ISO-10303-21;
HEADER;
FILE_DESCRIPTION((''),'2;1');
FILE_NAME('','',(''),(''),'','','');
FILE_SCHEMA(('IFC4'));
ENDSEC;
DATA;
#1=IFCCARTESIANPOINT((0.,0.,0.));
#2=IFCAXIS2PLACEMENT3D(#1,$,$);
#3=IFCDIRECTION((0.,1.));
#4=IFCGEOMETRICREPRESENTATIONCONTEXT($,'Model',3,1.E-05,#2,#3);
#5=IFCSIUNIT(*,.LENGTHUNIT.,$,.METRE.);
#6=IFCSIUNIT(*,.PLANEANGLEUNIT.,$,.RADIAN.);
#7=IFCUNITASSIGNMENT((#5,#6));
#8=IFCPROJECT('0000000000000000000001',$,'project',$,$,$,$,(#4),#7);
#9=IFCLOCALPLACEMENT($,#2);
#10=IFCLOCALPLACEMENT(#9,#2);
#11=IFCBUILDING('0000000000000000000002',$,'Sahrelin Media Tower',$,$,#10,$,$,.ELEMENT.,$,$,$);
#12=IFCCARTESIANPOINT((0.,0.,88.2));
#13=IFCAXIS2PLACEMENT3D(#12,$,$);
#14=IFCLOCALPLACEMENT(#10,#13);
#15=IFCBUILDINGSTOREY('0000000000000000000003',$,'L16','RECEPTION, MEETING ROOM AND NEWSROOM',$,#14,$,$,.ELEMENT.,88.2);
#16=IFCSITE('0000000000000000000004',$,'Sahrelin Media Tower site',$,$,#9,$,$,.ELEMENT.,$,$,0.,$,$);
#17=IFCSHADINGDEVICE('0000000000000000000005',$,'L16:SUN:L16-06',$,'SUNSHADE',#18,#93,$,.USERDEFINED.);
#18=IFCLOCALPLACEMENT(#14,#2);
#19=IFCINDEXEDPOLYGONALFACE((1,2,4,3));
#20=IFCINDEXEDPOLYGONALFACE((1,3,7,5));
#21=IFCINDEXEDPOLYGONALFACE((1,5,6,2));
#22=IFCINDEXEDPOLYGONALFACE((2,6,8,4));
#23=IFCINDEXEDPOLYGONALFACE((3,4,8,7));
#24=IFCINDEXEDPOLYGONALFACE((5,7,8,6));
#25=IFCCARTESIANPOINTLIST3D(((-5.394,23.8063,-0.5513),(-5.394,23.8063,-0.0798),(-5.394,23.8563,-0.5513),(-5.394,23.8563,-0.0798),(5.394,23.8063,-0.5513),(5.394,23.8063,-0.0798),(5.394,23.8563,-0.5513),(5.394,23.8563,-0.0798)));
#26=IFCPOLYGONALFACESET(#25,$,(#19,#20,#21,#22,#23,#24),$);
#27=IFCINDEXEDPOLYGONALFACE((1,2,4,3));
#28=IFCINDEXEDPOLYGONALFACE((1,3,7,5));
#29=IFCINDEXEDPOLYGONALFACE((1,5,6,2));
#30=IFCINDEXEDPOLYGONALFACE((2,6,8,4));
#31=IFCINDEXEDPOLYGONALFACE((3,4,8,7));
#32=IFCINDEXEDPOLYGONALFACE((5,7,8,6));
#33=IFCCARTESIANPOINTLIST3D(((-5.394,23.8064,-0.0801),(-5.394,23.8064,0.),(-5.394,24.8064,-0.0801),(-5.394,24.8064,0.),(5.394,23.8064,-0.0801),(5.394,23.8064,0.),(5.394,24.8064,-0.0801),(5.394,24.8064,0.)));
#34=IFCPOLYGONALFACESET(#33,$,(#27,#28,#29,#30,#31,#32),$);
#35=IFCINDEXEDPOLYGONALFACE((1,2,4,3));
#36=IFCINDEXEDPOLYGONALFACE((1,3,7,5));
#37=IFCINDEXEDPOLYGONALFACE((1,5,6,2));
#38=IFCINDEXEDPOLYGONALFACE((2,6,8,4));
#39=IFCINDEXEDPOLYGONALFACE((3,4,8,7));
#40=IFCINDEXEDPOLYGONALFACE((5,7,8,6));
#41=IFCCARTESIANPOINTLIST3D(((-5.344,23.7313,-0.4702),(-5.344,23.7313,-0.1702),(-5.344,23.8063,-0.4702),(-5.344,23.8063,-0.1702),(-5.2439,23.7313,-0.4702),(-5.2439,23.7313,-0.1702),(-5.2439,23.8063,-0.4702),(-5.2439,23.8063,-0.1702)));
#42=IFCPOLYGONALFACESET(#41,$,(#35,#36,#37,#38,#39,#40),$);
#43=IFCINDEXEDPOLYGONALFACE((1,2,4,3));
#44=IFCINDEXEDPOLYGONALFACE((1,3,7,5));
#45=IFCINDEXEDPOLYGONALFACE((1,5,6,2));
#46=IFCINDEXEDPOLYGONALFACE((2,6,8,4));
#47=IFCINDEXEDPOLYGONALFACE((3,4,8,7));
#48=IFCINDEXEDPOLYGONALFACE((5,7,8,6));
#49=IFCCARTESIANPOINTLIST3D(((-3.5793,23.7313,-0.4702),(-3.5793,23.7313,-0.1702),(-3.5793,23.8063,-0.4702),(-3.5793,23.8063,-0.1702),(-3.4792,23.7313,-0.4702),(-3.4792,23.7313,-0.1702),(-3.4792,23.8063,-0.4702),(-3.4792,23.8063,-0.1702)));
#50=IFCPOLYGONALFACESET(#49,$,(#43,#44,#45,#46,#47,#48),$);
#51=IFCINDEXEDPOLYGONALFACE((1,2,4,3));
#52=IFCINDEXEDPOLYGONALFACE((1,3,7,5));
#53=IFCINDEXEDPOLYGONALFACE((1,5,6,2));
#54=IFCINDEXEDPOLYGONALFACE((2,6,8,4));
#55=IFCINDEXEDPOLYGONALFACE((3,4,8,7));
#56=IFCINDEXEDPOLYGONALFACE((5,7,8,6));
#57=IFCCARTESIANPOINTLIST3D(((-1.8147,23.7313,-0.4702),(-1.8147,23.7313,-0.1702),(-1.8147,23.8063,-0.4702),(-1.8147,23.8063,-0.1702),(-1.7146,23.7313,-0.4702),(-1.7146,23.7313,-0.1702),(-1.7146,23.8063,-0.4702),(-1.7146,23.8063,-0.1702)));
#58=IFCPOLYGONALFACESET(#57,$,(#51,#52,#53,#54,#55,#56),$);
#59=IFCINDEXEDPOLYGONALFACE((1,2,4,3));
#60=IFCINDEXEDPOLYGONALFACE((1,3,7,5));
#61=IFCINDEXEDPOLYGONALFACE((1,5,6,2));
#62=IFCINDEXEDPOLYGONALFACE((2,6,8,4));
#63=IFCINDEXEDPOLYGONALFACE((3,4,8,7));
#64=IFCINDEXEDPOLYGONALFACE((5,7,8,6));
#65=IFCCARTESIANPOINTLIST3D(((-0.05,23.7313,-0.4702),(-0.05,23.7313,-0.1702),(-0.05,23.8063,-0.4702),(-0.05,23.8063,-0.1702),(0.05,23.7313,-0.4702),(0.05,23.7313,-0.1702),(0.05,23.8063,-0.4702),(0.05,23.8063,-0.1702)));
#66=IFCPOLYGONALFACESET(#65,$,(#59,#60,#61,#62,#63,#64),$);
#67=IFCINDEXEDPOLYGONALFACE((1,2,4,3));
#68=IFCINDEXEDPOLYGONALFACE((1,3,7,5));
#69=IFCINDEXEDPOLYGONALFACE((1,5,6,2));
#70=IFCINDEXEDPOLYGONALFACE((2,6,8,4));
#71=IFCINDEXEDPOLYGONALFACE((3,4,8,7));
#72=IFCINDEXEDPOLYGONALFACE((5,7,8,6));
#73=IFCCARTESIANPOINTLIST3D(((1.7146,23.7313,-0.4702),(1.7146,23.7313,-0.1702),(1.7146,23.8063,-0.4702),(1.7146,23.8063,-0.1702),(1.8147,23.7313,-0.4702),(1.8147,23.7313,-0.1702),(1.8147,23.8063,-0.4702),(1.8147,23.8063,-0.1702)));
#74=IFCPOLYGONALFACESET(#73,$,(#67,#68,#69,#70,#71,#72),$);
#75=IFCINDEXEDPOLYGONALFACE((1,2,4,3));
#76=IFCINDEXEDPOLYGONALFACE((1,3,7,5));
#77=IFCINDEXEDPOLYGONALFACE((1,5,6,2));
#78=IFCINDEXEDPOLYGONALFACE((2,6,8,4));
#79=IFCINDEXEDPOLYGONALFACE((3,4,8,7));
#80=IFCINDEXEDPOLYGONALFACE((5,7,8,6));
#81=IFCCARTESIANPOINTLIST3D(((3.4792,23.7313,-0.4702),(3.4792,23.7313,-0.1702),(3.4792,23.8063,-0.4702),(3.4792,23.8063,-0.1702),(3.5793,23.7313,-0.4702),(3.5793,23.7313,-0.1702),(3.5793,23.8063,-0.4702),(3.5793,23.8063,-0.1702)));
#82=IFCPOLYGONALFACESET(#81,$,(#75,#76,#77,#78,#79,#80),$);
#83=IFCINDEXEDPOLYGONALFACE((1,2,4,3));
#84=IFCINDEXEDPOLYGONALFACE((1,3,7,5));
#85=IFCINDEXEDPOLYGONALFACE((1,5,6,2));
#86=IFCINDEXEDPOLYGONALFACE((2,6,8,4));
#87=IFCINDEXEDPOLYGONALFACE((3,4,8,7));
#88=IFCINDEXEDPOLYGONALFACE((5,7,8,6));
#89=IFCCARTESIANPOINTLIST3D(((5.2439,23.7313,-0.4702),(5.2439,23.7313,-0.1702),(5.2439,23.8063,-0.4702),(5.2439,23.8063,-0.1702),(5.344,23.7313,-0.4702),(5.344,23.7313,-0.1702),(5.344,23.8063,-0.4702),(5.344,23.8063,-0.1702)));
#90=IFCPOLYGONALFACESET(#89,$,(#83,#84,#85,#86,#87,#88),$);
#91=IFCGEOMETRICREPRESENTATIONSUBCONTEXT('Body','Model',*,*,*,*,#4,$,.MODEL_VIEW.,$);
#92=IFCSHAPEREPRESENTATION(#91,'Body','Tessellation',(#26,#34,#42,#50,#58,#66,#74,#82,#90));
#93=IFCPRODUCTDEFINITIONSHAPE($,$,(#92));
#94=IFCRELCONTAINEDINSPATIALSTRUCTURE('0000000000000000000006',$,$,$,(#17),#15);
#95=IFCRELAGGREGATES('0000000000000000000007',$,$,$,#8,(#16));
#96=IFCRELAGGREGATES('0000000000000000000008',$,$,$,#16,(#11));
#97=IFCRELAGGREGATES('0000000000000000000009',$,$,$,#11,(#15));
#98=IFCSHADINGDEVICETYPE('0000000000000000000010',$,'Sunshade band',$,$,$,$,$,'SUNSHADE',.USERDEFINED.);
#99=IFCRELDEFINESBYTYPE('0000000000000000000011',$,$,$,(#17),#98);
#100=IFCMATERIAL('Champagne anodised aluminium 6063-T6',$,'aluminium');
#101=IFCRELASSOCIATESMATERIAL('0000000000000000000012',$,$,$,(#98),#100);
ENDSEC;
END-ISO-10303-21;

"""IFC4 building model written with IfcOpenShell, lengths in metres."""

from ifc_helpers import new_model, si_unit, direction, frame, origin, origin_2d, place, context, subcontext, project, spatial, rectangle, extrude, material, type_object, element, save


model = new_model("IFC4")

# Units and contexts
model_context = context("Model", 3, precision=1e-05, world=origin(), true_north=direction((0.0, 1.0)))
body_context = subcontext(model_context, "Body", "Model", "MODEL_VIEW")
ifc_project = project(units=[si_unit("LENGTHUNIT", "METRE"), si_unit("PLANEANGLEUNIT", "RADIAN")], contexts=[model_context])

# Site, building, storey
site_placement = place(None, origin())
site = spatial("IfcSite", under=ifc_project, at=site_placement, Name="Sahrelin Media Tower site", CompositionType="ELEMENT", RefElevation=0.0)
building_placement = place(site_placement, origin())
building = spatial("IfcBuilding", under=site, at=building_placement, Name="Sahrelin Media Tower", CompositionType="ELEMENT")
storey_placement = place(building_placement, frame((0.0, 0.0, 88.2)))
storey = spatial("IfcBuildingStorey", under=building, at=storey_placement, Name="L16", Description="RECEPTION, MEETING ROOM AND NEWSROOM", CompositionType="ELEMENT", Elevation=88.2)

# Shared definitions
ifc_material_1 = material(Name="Champagne anodised aluminium 6063-T6", Category="aluminium")
placement_1 = place(storey_placement, frame((0.0, 23.7864, 0.0), z_axis=(0.0, 0.0, 1.0), x_axis=(1.0, 0.0, 0.0)))

# Shading device
shading_device_type_1 = type_object("IfcShadingDeviceType", Name="Sunshade band", ElementType="SUNSHADE", PredefinedType="USERDEFINED", material=ifc_material_1)
element("IfcShadingDevice", 1, at=placement_1, inside=storey, type_object=shading_device_type_1, Name="L16:SUN:L16-06", ObjectType="SUNSHADE", PredefinedType="USERDEFINED", context=body_context, shape_type="SweptSolid", body=[
    extrude(rectangle(XDim=10.7881, YDim=0.05, at=origin_2d()), frame((0.0, 0.0449, -0.5513)), (0.0, 0.0, 1.0), 0.4714),
    extrude(rectangle(XDim=10.7881, YDim=1.0, at=origin_2d()), frame((0.0, 0.52, -0.0801)), (0.0, 0.0, 1.0), 0.0801),
    extrude(rectangle(XDim=0.1001, YDim=0.075, at=origin_2d()), frame((-5.2939, -0.0176, -0.4702)), (0.0, 0.0, 1.0), 0.3),
    extrude(rectangle(XDim=0.1001, YDim=0.075, at=origin_2d()), frame((-3.5293, -0.0176, -0.4702)), (0.0, 0.0, 1.0), 0.3),
    extrude(rectangle(XDim=0.1001, YDim=0.075, at=origin_2d()), frame((-1.7646, -0.0176, -0.4702)), (0.0, 0.0, 1.0), 0.3),
    extrude(rectangle(XDim=0.1001, YDim=0.075, at=origin_2d()), frame((0.0, -0.0176, -0.4702)), (0.0, 0.0, 1.0), 0.3),
    extrude(rectangle(XDim=0.1001, YDim=0.075, at=origin_2d()), frame((1.7646, -0.0176, -0.4702)), (0.0, 0.0, 1.0), 0.3),
    extrude(rectangle(XDim=0.1001, YDim=0.075, at=origin_2d()), frame((3.5293, -0.0176, -0.4702)), (0.0, 0.0, 1.0), 0.3),
    extrude(rectangle(XDim=0.1001, YDim=0.075, at=origin_2d()), frame((5.2939, -0.0176, -0.4702)), (0.0, 0.0, 1.0), 0.3),
])

save(model, "model.ifc")
